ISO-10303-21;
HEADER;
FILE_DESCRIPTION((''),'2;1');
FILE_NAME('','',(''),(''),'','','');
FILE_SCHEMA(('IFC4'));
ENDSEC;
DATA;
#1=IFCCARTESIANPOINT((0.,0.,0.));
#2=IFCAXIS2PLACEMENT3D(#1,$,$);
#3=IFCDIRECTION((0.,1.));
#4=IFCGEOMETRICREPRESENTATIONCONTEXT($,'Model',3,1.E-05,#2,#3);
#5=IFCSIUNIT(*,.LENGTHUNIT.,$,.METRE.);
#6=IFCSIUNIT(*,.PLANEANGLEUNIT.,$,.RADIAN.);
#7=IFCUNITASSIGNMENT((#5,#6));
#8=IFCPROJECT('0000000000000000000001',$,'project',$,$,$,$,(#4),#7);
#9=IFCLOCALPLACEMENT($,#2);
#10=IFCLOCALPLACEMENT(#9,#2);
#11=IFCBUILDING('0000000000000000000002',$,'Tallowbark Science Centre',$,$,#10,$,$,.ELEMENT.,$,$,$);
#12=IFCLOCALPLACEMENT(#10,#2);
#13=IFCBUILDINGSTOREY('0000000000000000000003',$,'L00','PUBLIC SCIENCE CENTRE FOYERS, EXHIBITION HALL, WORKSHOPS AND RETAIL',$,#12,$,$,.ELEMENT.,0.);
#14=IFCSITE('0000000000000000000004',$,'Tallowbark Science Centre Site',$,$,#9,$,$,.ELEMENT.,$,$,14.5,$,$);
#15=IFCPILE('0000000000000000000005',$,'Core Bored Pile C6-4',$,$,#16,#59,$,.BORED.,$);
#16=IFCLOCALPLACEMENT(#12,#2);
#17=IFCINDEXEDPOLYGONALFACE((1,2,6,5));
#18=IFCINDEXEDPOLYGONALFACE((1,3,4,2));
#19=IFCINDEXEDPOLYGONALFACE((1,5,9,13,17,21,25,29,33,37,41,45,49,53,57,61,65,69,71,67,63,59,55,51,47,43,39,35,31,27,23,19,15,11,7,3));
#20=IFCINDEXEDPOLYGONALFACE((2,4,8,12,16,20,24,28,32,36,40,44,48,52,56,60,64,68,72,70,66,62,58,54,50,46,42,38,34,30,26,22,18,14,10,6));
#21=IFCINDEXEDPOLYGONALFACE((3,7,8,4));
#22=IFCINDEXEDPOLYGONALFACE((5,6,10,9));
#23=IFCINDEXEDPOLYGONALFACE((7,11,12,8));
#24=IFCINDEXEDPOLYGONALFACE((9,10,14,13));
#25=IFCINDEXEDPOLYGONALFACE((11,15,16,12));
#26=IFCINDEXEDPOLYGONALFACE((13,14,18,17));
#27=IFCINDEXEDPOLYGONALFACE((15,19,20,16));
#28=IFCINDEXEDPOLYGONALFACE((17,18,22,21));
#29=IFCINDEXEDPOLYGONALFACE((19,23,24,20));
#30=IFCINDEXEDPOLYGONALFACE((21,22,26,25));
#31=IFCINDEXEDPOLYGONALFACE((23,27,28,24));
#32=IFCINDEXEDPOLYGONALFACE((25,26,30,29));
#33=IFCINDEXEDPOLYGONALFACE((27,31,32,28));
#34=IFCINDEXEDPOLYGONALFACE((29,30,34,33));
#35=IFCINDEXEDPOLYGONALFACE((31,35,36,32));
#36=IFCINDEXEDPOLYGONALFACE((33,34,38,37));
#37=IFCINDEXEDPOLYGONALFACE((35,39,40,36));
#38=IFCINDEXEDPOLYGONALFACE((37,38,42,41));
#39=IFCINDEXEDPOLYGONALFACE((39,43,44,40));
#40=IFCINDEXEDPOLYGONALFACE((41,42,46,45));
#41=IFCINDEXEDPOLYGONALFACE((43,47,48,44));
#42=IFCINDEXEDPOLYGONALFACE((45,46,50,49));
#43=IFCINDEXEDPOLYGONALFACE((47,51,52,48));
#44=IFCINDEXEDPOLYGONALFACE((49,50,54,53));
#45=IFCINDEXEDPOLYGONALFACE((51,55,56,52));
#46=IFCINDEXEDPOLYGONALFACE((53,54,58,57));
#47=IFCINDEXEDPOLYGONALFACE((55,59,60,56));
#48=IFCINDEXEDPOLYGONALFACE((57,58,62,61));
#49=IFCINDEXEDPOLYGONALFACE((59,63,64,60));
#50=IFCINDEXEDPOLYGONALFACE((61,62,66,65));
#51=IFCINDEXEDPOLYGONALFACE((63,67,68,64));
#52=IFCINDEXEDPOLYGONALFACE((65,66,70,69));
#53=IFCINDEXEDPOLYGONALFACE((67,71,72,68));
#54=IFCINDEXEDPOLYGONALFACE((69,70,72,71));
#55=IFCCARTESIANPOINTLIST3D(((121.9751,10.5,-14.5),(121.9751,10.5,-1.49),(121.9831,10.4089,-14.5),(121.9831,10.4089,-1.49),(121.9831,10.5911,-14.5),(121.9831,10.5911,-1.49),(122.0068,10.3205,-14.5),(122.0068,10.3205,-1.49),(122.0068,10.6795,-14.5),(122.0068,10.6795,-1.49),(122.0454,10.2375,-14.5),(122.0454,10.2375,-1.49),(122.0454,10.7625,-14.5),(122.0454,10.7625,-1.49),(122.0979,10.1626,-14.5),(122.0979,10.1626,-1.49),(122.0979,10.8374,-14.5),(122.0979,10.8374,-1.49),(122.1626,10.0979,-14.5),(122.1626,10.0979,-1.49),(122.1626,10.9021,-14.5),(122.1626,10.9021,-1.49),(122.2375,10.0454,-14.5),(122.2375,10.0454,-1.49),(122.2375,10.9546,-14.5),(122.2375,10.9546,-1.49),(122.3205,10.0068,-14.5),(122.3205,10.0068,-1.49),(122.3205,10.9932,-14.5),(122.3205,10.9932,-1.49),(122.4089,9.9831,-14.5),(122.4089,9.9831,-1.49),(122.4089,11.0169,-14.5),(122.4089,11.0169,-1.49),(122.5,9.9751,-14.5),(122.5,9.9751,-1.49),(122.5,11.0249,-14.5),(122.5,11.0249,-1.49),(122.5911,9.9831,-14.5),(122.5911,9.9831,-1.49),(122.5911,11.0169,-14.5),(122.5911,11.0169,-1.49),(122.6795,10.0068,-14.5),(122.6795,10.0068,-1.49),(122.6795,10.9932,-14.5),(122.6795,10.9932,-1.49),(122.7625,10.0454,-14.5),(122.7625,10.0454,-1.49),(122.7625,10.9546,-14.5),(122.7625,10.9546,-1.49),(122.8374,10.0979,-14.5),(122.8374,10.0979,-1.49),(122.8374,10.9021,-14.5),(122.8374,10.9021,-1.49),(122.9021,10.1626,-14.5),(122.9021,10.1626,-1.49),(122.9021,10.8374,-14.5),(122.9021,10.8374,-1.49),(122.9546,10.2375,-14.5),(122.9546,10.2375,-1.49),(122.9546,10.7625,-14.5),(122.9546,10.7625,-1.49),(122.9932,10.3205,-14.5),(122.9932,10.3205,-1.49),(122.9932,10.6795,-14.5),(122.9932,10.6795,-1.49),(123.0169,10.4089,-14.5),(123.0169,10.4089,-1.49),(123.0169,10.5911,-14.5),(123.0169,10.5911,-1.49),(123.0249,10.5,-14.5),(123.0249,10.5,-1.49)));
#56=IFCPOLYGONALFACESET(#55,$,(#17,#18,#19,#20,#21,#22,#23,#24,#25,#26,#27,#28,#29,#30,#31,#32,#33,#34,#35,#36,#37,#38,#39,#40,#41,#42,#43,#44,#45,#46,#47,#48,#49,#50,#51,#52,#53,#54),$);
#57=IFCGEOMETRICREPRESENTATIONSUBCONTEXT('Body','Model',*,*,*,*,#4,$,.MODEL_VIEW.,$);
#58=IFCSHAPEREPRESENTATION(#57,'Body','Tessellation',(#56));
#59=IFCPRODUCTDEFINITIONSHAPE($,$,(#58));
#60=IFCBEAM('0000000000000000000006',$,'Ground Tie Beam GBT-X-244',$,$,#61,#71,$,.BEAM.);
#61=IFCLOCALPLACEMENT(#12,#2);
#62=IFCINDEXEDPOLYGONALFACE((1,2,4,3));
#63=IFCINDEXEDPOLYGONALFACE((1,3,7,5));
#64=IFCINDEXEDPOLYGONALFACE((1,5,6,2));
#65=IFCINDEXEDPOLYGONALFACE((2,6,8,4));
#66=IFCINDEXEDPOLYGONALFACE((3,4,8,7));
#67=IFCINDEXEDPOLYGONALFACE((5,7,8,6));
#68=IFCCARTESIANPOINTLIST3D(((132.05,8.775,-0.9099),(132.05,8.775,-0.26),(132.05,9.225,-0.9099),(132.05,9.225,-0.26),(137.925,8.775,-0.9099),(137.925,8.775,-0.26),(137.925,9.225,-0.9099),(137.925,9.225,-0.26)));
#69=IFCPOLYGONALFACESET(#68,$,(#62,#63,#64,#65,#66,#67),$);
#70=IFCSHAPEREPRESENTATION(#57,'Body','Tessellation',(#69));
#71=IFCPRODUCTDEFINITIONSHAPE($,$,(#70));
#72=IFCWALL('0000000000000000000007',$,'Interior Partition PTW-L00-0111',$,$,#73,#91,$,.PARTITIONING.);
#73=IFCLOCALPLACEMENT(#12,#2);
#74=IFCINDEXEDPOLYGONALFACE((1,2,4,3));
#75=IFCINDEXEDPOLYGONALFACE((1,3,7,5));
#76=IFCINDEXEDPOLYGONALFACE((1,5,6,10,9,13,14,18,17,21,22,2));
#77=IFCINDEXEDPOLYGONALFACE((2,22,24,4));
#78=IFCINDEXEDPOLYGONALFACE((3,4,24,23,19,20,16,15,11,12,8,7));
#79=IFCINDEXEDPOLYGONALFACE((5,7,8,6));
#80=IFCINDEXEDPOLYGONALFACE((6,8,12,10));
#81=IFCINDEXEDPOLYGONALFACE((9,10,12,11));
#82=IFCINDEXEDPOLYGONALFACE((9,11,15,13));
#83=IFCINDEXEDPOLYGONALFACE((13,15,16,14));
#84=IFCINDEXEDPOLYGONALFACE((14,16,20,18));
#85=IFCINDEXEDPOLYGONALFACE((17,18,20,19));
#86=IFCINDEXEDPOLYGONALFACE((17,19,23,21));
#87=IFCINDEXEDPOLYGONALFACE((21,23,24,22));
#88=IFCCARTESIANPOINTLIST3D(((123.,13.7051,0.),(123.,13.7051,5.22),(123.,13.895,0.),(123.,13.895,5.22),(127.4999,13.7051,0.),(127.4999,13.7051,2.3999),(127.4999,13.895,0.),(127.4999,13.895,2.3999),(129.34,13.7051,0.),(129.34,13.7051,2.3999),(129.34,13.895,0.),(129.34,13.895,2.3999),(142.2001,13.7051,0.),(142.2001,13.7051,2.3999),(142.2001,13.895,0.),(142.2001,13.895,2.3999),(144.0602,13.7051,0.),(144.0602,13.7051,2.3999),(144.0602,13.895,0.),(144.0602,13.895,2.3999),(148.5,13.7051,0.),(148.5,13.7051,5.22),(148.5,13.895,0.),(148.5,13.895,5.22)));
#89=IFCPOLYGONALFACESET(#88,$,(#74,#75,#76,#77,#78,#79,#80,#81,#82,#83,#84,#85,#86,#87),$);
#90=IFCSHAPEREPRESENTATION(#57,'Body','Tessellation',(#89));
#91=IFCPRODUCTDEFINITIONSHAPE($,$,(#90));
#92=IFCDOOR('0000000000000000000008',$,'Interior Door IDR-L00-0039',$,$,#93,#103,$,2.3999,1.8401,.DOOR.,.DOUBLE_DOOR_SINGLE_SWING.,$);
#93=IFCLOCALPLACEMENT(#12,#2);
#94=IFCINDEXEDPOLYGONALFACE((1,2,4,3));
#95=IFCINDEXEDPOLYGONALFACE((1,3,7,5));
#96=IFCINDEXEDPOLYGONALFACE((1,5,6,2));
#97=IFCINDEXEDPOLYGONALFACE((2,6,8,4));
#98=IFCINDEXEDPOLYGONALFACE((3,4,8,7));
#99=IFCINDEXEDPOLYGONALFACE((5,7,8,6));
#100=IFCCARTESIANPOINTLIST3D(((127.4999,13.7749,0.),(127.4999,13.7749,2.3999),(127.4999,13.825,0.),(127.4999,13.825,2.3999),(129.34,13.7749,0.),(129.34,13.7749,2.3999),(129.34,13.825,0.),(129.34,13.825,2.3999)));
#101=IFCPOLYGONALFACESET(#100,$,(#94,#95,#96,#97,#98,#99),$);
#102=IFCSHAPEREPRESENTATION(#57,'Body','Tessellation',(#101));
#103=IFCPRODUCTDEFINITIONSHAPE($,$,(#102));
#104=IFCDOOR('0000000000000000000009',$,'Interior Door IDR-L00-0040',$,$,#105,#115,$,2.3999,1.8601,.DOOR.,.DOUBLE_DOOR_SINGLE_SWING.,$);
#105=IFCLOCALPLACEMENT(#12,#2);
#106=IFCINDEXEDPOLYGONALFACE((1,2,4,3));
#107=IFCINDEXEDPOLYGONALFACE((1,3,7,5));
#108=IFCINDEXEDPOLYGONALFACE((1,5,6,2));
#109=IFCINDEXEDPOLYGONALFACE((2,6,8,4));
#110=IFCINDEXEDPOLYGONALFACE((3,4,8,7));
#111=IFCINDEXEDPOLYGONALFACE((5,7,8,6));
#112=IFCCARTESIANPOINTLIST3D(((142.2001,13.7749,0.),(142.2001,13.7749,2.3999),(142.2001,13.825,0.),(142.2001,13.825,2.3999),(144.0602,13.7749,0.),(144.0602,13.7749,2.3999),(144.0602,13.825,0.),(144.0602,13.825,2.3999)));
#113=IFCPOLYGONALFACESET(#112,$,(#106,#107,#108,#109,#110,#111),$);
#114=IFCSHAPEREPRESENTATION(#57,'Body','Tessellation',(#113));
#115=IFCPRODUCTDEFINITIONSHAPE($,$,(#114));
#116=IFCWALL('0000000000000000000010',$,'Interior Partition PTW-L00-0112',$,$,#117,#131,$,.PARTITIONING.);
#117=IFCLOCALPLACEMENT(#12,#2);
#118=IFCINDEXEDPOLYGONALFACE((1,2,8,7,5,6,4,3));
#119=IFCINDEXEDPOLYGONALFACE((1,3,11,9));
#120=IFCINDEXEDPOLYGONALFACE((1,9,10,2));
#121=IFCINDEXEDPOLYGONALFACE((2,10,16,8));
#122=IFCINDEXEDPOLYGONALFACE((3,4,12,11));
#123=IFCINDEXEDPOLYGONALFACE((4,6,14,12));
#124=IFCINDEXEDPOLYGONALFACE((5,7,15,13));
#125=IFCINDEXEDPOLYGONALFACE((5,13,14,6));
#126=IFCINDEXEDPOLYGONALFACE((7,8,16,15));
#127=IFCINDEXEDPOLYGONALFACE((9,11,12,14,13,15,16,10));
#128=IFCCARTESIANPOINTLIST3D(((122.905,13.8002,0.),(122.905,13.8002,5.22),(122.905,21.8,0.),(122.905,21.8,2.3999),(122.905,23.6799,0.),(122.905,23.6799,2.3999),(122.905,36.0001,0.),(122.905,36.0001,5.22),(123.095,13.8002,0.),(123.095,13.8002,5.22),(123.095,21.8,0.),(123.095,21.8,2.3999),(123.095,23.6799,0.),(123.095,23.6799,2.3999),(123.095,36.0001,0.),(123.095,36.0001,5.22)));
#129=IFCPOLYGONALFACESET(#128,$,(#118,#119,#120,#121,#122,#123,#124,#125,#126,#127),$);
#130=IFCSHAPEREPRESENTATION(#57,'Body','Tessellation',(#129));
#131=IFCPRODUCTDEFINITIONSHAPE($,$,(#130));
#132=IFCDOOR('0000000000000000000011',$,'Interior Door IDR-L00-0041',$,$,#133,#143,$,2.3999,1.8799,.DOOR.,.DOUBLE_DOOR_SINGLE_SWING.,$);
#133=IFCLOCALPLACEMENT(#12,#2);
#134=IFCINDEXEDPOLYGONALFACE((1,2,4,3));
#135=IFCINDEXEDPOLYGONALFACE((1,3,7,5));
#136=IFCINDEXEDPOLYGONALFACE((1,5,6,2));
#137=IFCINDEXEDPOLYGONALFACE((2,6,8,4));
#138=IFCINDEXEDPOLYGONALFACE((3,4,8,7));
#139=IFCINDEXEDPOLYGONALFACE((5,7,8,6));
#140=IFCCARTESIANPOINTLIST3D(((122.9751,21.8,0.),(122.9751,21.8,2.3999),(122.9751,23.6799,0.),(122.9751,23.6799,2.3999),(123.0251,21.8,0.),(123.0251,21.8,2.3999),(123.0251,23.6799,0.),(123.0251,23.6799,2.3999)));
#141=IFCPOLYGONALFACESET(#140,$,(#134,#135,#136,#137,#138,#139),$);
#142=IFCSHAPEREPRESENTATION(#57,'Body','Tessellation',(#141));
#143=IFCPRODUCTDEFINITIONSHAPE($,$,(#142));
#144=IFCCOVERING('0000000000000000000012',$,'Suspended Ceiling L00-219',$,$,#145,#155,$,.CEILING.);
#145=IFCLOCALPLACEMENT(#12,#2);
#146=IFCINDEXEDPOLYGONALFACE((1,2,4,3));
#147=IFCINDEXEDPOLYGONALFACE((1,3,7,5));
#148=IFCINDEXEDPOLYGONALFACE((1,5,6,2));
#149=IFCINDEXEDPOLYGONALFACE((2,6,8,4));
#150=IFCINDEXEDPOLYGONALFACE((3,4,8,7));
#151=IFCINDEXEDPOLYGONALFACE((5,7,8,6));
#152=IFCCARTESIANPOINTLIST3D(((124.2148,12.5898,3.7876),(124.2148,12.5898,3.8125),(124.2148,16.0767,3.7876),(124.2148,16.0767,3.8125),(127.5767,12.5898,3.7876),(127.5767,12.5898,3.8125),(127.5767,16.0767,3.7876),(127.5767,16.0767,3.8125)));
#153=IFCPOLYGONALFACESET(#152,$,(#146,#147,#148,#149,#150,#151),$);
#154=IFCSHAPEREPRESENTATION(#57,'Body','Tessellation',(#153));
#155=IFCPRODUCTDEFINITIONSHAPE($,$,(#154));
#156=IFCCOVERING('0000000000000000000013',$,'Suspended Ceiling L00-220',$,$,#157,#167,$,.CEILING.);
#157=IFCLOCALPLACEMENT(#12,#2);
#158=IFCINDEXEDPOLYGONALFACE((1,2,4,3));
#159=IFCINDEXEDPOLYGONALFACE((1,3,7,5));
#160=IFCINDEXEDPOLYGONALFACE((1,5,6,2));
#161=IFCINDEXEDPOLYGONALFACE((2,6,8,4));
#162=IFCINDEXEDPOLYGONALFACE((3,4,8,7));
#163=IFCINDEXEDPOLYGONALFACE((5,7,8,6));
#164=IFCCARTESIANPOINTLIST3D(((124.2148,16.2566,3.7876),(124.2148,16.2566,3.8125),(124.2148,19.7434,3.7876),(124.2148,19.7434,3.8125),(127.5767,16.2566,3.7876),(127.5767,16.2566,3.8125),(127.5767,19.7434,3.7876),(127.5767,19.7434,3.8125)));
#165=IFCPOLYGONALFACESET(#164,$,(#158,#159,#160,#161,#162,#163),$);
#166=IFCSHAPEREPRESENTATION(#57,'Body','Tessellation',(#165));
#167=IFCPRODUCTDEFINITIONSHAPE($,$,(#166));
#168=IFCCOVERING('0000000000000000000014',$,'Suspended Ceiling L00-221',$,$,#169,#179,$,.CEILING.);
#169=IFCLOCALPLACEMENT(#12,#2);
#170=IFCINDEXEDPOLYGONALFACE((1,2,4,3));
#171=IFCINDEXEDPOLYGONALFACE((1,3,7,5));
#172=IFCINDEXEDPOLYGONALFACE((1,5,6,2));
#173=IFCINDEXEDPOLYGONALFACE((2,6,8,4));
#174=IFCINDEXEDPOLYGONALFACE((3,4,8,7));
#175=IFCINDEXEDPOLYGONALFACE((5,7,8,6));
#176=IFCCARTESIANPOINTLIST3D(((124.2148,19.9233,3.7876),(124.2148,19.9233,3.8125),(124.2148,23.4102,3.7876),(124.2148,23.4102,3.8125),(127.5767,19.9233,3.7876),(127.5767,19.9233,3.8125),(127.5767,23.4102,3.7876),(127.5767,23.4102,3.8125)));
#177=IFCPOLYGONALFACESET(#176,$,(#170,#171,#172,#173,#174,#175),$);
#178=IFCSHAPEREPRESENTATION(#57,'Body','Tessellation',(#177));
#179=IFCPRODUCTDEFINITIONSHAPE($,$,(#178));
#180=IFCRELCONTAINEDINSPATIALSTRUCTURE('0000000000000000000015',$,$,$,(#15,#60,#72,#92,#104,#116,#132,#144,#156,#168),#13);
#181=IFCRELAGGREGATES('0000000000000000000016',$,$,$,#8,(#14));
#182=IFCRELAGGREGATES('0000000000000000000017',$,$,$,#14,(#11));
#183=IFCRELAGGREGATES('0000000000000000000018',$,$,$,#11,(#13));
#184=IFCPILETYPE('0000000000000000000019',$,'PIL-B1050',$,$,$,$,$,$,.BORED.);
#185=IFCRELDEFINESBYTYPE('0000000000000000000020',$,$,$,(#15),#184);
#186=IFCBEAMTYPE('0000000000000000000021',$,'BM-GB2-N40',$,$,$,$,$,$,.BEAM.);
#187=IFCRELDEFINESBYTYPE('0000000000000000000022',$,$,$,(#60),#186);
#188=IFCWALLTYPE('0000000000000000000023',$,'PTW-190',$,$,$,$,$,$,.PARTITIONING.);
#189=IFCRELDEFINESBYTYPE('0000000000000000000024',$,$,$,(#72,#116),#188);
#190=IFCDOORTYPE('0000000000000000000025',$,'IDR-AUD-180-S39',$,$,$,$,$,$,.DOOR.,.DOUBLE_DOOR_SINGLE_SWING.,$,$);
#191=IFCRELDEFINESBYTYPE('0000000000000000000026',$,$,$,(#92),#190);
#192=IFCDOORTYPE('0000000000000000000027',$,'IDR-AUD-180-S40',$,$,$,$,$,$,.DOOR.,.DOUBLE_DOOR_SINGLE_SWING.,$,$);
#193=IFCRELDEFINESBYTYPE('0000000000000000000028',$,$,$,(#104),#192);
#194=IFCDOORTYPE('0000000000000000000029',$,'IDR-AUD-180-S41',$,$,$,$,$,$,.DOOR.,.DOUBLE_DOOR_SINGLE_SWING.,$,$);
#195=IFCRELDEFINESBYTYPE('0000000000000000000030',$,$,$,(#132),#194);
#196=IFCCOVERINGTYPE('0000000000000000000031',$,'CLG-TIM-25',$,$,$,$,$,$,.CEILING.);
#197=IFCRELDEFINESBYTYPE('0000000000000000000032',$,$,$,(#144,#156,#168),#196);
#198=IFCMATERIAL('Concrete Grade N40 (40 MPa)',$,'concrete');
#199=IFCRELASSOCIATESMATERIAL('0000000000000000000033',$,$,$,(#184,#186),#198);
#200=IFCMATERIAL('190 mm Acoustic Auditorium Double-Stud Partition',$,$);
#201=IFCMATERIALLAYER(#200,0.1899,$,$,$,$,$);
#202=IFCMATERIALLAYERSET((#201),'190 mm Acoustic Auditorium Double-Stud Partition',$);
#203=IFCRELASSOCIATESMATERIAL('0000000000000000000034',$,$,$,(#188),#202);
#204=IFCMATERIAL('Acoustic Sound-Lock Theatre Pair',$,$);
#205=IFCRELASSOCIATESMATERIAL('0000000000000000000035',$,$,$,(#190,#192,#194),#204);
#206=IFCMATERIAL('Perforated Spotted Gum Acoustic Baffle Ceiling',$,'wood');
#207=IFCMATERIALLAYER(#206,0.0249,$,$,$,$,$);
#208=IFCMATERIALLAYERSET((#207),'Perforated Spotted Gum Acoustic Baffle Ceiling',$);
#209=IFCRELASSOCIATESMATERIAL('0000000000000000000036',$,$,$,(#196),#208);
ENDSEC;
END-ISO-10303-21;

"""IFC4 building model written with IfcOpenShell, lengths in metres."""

from ifc_helpers import new_model, si_unit, direction, frame, frame_2d, origin, origin_2d, place, context, subcontext, project, spatial, rectangle, circle, extrude, material, layer, layer_set, material_profile, profile_set, type_object, element, fill, save


model = new_model("IFC4")

# Units and contexts
model_context = context("Model", 3, precision=1e-05, world=origin(), true_north=direction((0.0, 1.0)))
body_context = subcontext(model_context, "Body", "Model", "MODEL_VIEW")
ifc_project = project(units=[si_unit("LENGTHUNIT", "METRE"), si_unit("PLANEANGLEUNIT", "RADIAN")], contexts=[model_context])

# Site, building, storey
site_placement = place(None, origin())
site = spatial("IfcSite", under=ifc_project, at=site_placement, Name="Tallowbark Science Centre Site", CompositionType="ELEMENT", RefElevation=14.5)
building_placement = place(site_placement, origin())
building = spatial("IfcBuilding", under=site, at=building_placement, Name="Tallowbark Science Centre", CompositionType="ELEMENT")
storey_placement = place(building_placement, origin())
storey = spatial("IfcBuildingStorey", under=building, at=storey_placement, Name="L00", Description="PUBLIC SCIENCE CENTRE FOYERS, EXHIBITION HALL, WORKSHOPS AND RETAIL", CompositionType="ELEMENT", Elevation=0.0)

# Pile
ifc_material_1 = material(Name="Concrete Grade N40 (40 MPa)", Category="concrete")
ifc_material_profile_1 = material_profile(ifc_material_1, circle(Radius=0.5249, at=origin_2d()), Name="PILE1050")
ifc_profile_set_1 = profile_set([ifc_material_profile_1], Name="Concrete Grade N40 (40 MPa)")
pile_type = type_object("IfcPileType", Name="PIL-B1050", PredefinedType="BORED", material=ifc_profile_set_1)
pile_placement = place(storey_placement, frame((122.5, 10.5, -1.49), z_axis=(0.0, 0.0, -1.0), x_axis=(1.0, 0.0, 0.0)))
element("IfcPile", 1, at=pile_placement, inside=storey, type_object=pile_type, Name="Core Bored Pile C6-4", PredefinedType="BORED", context=body_context, shape_type="SweptSolid", body=[
    extrude(circle(Radius=0.5249, at=origin_2d()), origin(), (0.0, 0.0, 1.0), 13.01),
])

# Beam
ifc_material_profile_2 = material_profile(ifc_material_1, rectangle(XDim=0.45, YDim=0.6499, at=origin_2d()), Name="RC450x650")
ifc_profile_set_2 = profile_set([ifc_material_profile_2], Name="Concrete Grade N40 (40 MPa)")
beam_type = type_object("IfcBeamType", Name="BM-GB2-N40", PredefinedType="BEAM", material=ifc_profile_set_2)
beam_placement = place(storey_placement, frame((132.05, 9.0, -0.585), z_axis=(1.0, 0.0, 0.0), x_axis=(0.0, 1.0, 0.0)))
element("IfcBeam", 2, at=beam_placement, inside=storey, type_object=beam_type, Name="Ground Tie Beam GBT-X-244", PredefinedType="BEAM", context=body_context, shape_type="SweptSolid", body=[
    extrude(rectangle(XDim=0.45, YDim=0.6499, at=origin_2d()), origin(), (0.0, 0.0, 1.0), 5.875),
])

# Wall, openings, doors
ifc_material_2 = material(Name="190 mm Acoustic Auditorium Double-Stud Partition")
ifc_layer_1 = layer(ifc_material_2, 0.1899)
ifc_layer_set_1 = layer_set([ifc_layer_1], Name="190 mm Acoustic Auditorium Double-Stud Partition")
wall_type = type_object("IfcWallType", Name="PTW-190", PredefinedType="PARTITIONING", material=ifc_layer_set_1)
wall_1_placement = place(storey_placement, frame((123.0, 13.8, 0.0), z_axis=(0.0, 0.0, 1.0), x_axis=(1.0, 0.0, 0.0)))
wall_1 = element("IfcWall", 3, at=wall_1_placement, inside=storey, type_object=wall_type, Name="Interior Partition PTW-L00-0111", PredefinedType="PARTITIONING", context=body_context, shape_type="SweptSolid", body=[
    extrude(rectangle(XDim=25.5, YDim=0.1899, at=frame_2d((12.75, 0.0))), origin(), (0.0, 0.0, 1.0), 5.22),
])
opening_1_placement = place(wall_1_placement, frame((4.5, 0.0, 0.0)))
opening_1 = element("IfcOpeningElement", 4, at=opening_1_placement, cuts=wall_1, PredefinedType="OPENING", context=body_context, shape_type="SweptSolid", body=[
    extrude(rectangle(XDim=1.8401, YDim=2.3999, at=frame_2d((0.9199, 1.2))), frame((0.0, 0.105, 0.0), z_axis=(0.0, -1.0, 0.0), x_axis=(1.0, 0.0, 0.0)), (0.0, 0.0, 1.0), 0.21),
])
opening_2_placement = place(wall_1_placement, frame((19.2, 0.0, 0.0)))
opening_2 = element("IfcOpeningElement", 5, at=opening_2_placement, cuts=wall_1, PredefinedType="OPENING", context=body_context, shape_type="SweptSolid", body=[
    extrude(rectangle(XDim=1.8601, YDim=2.3999, at=frame_2d((0.9302, 1.2))), frame((0.0, 0.105, 0.0), z_axis=(0.0, -1.0, 0.0), x_axis=(1.0, 0.0, 0.0)), (0.0, 0.0, 1.0), 0.21),
])
ifc_material_3 = material(Name="Acoustic Sound-Lock Theatre Pair")
door_type_1 = type_object("IfcDoorType", Name="IDR-AUD-180-S39", OperationType="DOUBLE_DOOR_SINGLE_SWING", PredefinedType="DOOR", material=ifc_material_3)
door_1_placement = place(opening_1_placement, origin())
door_1 = element("IfcDoor", 6, at=door_1_placement, inside=storey, type_object=door_type_1, Name="Interior Door IDR-L00-0039", OperationType="DOUBLE_DOOR_SINGLE_SWING", OverallHeight=2.3999, OverallWidth=1.8401, PredefinedType="DOOR", context=body_context, shape_type="SweptSolid", body=[
    extrude(rectangle(XDim=1.8401, YDim=2.3999, at=frame_2d((0.9199, 1.2))), frame((0.0, 0.0249, 0.0), z_axis=(0.0, -1.0, 0.0), x_axis=(1.0, 0.0, 0.0)), (0.0, 0.0, 1.0), 0.05),
])
fill(opening_1, door_1)
door_type_2 = type_object("IfcDoorType", Name="IDR-AUD-180-S40", OperationType="DOUBLE_DOOR_SINGLE_SWING", PredefinedType="DOOR", material=ifc_material_3)
door_2_placement = place(opening_2_placement, origin())
door_2 = element("IfcDoor", 7, at=door_2_placement, inside=storey, type_object=door_type_2, Name="Interior Door IDR-L00-0040", OperationType="DOUBLE_DOOR_SINGLE_SWING", OverallHeight=2.3999, OverallWidth=1.8601, PredefinedType="DOOR", context=body_context, shape_type="SweptSolid", body=[
    extrude(rectangle(XDim=1.8601, YDim=2.3999, at=frame_2d((0.9302, 1.2))), frame((0.0, 0.0249, 0.0), z_axis=(0.0, -1.0, 0.0), x_axis=(1.0, 0.0, 0.0)), (0.0, 0.0, 1.0), 0.05),
])
fill(opening_2, door_2)

# Wall, opening, door
wall_2_placement = place(storey_placement, frame((123.0, 13.8, 0.0), z_axis=(0.0, 0.0, 1.0), x_axis=(0.0, 1.0, 0.0)))
wall_2 = element("IfcWall", 8, at=wall_2_placement, inside=storey, type_object=wall_type, Name="Interior Partition PTW-L00-0112", PredefinedType="PARTITIONING", context=body_context, shape_type="SweptSolid", body=[
    extrude(rectangle(XDim=22.2, YDim=0.1899, at=frame_2d((11.1001, 0.0))), origin(), (0.0, 0.0, 1.0), 5.22),
])
opening_3_placement = place(wall_2_placement, frame((8.0, 0.0, 0.0)))
opening_3 = element("IfcOpeningElement", 9, at=opening_3_placement, cuts=wall_2, PredefinedType="OPENING", context=body_context, shape_type="SweptSolid", body=[
    extrude(rectangle(XDim=1.8799, YDim=2.3999, at=frame_2d((0.9399, 1.2))), frame((0.0, 0.105, 0.0), z_axis=(0.0, -1.0, 0.0), x_axis=(1.0, 0.0, 0.0)), (0.0, 0.0, 1.0), 0.21),
])
door_type_3 = type_object("IfcDoorType", Name="IDR-AUD-180-S41", OperationType="DOUBLE_DOOR_SINGLE_SWING", PredefinedType="DOOR", material=ifc_material_3)
door_3_placement = place(opening_3_placement, origin())
door_3 = element("IfcDoor", 10, at=door_3_placement, inside=storey, type_object=door_type_3, Name="Interior Door IDR-L00-0041", OperationType="DOUBLE_DOOR_SINGLE_SWING", OverallHeight=2.3999, OverallWidth=1.8799, PredefinedType="DOOR", context=body_context, shape_type="SweptSolid", body=[
    extrude(rectangle(XDim=1.8799, YDim=2.3999, at=frame_2d((0.9399, 1.2))), frame((0.0, 0.0249, 0.0), z_axis=(0.0, -1.0, 0.0), x_axis=(1.0, 0.0, 0.0)), (0.0, 0.0, 1.0), 0.05),
])
fill(opening_3, door_3)

# Coverings
ifc_material_4 = material(Name="Perforated Spotted Gum Acoustic Baffle Ceiling", Category="wood")
ifc_layer_2 = layer(ifc_material_4, 0.0249)
ifc_layer_set_2 = layer_set([ifc_layer_2], Name="Perforated Spotted Gum Acoustic Baffle Ceiling")
covering_type_1 = type_object("IfcCoveringType", Name="CLG-TIM-25", PredefinedType="CEILING", material=ifc_layer_set_2)
for number, where, z_axis, x_axis, name in (
    (11, (125.8958, 14.3333, 3.7876), (0.0, 0.0, 1.0), (1.0, 0.0, 0.0), "Suspended Ceiling L00-219"),
    (12, (125.8958, 18.0, 3.7876), (0.0, 0.0, 1.0), (1.0, 0.0, 0.0), "Suspended Ceiling L00-220"),
    (13, (125.8958, 21.6667, 3.7876), (0.0, 0.0, 1.0), (1.0, 0.0, 0.0), "Suspended Ceiling L00-221"),
):
    element("IfcCovering", number, at=place(storey_placement, frame(where, z_axis=z_axis, x_axis=x_axis)), inside=storey, type_object=covering_type_1, Name=name, PredefinedType="CEILING", context=body_context, shape_type="SweptSolid", body=[
        extrude(rectangle(XDim=3.3618, YDim=3.4868, at=origin_2d()), origin(), (0.0, 0.0, 1.0), 0.0249),
    ])

save(model, "model.ifc")
